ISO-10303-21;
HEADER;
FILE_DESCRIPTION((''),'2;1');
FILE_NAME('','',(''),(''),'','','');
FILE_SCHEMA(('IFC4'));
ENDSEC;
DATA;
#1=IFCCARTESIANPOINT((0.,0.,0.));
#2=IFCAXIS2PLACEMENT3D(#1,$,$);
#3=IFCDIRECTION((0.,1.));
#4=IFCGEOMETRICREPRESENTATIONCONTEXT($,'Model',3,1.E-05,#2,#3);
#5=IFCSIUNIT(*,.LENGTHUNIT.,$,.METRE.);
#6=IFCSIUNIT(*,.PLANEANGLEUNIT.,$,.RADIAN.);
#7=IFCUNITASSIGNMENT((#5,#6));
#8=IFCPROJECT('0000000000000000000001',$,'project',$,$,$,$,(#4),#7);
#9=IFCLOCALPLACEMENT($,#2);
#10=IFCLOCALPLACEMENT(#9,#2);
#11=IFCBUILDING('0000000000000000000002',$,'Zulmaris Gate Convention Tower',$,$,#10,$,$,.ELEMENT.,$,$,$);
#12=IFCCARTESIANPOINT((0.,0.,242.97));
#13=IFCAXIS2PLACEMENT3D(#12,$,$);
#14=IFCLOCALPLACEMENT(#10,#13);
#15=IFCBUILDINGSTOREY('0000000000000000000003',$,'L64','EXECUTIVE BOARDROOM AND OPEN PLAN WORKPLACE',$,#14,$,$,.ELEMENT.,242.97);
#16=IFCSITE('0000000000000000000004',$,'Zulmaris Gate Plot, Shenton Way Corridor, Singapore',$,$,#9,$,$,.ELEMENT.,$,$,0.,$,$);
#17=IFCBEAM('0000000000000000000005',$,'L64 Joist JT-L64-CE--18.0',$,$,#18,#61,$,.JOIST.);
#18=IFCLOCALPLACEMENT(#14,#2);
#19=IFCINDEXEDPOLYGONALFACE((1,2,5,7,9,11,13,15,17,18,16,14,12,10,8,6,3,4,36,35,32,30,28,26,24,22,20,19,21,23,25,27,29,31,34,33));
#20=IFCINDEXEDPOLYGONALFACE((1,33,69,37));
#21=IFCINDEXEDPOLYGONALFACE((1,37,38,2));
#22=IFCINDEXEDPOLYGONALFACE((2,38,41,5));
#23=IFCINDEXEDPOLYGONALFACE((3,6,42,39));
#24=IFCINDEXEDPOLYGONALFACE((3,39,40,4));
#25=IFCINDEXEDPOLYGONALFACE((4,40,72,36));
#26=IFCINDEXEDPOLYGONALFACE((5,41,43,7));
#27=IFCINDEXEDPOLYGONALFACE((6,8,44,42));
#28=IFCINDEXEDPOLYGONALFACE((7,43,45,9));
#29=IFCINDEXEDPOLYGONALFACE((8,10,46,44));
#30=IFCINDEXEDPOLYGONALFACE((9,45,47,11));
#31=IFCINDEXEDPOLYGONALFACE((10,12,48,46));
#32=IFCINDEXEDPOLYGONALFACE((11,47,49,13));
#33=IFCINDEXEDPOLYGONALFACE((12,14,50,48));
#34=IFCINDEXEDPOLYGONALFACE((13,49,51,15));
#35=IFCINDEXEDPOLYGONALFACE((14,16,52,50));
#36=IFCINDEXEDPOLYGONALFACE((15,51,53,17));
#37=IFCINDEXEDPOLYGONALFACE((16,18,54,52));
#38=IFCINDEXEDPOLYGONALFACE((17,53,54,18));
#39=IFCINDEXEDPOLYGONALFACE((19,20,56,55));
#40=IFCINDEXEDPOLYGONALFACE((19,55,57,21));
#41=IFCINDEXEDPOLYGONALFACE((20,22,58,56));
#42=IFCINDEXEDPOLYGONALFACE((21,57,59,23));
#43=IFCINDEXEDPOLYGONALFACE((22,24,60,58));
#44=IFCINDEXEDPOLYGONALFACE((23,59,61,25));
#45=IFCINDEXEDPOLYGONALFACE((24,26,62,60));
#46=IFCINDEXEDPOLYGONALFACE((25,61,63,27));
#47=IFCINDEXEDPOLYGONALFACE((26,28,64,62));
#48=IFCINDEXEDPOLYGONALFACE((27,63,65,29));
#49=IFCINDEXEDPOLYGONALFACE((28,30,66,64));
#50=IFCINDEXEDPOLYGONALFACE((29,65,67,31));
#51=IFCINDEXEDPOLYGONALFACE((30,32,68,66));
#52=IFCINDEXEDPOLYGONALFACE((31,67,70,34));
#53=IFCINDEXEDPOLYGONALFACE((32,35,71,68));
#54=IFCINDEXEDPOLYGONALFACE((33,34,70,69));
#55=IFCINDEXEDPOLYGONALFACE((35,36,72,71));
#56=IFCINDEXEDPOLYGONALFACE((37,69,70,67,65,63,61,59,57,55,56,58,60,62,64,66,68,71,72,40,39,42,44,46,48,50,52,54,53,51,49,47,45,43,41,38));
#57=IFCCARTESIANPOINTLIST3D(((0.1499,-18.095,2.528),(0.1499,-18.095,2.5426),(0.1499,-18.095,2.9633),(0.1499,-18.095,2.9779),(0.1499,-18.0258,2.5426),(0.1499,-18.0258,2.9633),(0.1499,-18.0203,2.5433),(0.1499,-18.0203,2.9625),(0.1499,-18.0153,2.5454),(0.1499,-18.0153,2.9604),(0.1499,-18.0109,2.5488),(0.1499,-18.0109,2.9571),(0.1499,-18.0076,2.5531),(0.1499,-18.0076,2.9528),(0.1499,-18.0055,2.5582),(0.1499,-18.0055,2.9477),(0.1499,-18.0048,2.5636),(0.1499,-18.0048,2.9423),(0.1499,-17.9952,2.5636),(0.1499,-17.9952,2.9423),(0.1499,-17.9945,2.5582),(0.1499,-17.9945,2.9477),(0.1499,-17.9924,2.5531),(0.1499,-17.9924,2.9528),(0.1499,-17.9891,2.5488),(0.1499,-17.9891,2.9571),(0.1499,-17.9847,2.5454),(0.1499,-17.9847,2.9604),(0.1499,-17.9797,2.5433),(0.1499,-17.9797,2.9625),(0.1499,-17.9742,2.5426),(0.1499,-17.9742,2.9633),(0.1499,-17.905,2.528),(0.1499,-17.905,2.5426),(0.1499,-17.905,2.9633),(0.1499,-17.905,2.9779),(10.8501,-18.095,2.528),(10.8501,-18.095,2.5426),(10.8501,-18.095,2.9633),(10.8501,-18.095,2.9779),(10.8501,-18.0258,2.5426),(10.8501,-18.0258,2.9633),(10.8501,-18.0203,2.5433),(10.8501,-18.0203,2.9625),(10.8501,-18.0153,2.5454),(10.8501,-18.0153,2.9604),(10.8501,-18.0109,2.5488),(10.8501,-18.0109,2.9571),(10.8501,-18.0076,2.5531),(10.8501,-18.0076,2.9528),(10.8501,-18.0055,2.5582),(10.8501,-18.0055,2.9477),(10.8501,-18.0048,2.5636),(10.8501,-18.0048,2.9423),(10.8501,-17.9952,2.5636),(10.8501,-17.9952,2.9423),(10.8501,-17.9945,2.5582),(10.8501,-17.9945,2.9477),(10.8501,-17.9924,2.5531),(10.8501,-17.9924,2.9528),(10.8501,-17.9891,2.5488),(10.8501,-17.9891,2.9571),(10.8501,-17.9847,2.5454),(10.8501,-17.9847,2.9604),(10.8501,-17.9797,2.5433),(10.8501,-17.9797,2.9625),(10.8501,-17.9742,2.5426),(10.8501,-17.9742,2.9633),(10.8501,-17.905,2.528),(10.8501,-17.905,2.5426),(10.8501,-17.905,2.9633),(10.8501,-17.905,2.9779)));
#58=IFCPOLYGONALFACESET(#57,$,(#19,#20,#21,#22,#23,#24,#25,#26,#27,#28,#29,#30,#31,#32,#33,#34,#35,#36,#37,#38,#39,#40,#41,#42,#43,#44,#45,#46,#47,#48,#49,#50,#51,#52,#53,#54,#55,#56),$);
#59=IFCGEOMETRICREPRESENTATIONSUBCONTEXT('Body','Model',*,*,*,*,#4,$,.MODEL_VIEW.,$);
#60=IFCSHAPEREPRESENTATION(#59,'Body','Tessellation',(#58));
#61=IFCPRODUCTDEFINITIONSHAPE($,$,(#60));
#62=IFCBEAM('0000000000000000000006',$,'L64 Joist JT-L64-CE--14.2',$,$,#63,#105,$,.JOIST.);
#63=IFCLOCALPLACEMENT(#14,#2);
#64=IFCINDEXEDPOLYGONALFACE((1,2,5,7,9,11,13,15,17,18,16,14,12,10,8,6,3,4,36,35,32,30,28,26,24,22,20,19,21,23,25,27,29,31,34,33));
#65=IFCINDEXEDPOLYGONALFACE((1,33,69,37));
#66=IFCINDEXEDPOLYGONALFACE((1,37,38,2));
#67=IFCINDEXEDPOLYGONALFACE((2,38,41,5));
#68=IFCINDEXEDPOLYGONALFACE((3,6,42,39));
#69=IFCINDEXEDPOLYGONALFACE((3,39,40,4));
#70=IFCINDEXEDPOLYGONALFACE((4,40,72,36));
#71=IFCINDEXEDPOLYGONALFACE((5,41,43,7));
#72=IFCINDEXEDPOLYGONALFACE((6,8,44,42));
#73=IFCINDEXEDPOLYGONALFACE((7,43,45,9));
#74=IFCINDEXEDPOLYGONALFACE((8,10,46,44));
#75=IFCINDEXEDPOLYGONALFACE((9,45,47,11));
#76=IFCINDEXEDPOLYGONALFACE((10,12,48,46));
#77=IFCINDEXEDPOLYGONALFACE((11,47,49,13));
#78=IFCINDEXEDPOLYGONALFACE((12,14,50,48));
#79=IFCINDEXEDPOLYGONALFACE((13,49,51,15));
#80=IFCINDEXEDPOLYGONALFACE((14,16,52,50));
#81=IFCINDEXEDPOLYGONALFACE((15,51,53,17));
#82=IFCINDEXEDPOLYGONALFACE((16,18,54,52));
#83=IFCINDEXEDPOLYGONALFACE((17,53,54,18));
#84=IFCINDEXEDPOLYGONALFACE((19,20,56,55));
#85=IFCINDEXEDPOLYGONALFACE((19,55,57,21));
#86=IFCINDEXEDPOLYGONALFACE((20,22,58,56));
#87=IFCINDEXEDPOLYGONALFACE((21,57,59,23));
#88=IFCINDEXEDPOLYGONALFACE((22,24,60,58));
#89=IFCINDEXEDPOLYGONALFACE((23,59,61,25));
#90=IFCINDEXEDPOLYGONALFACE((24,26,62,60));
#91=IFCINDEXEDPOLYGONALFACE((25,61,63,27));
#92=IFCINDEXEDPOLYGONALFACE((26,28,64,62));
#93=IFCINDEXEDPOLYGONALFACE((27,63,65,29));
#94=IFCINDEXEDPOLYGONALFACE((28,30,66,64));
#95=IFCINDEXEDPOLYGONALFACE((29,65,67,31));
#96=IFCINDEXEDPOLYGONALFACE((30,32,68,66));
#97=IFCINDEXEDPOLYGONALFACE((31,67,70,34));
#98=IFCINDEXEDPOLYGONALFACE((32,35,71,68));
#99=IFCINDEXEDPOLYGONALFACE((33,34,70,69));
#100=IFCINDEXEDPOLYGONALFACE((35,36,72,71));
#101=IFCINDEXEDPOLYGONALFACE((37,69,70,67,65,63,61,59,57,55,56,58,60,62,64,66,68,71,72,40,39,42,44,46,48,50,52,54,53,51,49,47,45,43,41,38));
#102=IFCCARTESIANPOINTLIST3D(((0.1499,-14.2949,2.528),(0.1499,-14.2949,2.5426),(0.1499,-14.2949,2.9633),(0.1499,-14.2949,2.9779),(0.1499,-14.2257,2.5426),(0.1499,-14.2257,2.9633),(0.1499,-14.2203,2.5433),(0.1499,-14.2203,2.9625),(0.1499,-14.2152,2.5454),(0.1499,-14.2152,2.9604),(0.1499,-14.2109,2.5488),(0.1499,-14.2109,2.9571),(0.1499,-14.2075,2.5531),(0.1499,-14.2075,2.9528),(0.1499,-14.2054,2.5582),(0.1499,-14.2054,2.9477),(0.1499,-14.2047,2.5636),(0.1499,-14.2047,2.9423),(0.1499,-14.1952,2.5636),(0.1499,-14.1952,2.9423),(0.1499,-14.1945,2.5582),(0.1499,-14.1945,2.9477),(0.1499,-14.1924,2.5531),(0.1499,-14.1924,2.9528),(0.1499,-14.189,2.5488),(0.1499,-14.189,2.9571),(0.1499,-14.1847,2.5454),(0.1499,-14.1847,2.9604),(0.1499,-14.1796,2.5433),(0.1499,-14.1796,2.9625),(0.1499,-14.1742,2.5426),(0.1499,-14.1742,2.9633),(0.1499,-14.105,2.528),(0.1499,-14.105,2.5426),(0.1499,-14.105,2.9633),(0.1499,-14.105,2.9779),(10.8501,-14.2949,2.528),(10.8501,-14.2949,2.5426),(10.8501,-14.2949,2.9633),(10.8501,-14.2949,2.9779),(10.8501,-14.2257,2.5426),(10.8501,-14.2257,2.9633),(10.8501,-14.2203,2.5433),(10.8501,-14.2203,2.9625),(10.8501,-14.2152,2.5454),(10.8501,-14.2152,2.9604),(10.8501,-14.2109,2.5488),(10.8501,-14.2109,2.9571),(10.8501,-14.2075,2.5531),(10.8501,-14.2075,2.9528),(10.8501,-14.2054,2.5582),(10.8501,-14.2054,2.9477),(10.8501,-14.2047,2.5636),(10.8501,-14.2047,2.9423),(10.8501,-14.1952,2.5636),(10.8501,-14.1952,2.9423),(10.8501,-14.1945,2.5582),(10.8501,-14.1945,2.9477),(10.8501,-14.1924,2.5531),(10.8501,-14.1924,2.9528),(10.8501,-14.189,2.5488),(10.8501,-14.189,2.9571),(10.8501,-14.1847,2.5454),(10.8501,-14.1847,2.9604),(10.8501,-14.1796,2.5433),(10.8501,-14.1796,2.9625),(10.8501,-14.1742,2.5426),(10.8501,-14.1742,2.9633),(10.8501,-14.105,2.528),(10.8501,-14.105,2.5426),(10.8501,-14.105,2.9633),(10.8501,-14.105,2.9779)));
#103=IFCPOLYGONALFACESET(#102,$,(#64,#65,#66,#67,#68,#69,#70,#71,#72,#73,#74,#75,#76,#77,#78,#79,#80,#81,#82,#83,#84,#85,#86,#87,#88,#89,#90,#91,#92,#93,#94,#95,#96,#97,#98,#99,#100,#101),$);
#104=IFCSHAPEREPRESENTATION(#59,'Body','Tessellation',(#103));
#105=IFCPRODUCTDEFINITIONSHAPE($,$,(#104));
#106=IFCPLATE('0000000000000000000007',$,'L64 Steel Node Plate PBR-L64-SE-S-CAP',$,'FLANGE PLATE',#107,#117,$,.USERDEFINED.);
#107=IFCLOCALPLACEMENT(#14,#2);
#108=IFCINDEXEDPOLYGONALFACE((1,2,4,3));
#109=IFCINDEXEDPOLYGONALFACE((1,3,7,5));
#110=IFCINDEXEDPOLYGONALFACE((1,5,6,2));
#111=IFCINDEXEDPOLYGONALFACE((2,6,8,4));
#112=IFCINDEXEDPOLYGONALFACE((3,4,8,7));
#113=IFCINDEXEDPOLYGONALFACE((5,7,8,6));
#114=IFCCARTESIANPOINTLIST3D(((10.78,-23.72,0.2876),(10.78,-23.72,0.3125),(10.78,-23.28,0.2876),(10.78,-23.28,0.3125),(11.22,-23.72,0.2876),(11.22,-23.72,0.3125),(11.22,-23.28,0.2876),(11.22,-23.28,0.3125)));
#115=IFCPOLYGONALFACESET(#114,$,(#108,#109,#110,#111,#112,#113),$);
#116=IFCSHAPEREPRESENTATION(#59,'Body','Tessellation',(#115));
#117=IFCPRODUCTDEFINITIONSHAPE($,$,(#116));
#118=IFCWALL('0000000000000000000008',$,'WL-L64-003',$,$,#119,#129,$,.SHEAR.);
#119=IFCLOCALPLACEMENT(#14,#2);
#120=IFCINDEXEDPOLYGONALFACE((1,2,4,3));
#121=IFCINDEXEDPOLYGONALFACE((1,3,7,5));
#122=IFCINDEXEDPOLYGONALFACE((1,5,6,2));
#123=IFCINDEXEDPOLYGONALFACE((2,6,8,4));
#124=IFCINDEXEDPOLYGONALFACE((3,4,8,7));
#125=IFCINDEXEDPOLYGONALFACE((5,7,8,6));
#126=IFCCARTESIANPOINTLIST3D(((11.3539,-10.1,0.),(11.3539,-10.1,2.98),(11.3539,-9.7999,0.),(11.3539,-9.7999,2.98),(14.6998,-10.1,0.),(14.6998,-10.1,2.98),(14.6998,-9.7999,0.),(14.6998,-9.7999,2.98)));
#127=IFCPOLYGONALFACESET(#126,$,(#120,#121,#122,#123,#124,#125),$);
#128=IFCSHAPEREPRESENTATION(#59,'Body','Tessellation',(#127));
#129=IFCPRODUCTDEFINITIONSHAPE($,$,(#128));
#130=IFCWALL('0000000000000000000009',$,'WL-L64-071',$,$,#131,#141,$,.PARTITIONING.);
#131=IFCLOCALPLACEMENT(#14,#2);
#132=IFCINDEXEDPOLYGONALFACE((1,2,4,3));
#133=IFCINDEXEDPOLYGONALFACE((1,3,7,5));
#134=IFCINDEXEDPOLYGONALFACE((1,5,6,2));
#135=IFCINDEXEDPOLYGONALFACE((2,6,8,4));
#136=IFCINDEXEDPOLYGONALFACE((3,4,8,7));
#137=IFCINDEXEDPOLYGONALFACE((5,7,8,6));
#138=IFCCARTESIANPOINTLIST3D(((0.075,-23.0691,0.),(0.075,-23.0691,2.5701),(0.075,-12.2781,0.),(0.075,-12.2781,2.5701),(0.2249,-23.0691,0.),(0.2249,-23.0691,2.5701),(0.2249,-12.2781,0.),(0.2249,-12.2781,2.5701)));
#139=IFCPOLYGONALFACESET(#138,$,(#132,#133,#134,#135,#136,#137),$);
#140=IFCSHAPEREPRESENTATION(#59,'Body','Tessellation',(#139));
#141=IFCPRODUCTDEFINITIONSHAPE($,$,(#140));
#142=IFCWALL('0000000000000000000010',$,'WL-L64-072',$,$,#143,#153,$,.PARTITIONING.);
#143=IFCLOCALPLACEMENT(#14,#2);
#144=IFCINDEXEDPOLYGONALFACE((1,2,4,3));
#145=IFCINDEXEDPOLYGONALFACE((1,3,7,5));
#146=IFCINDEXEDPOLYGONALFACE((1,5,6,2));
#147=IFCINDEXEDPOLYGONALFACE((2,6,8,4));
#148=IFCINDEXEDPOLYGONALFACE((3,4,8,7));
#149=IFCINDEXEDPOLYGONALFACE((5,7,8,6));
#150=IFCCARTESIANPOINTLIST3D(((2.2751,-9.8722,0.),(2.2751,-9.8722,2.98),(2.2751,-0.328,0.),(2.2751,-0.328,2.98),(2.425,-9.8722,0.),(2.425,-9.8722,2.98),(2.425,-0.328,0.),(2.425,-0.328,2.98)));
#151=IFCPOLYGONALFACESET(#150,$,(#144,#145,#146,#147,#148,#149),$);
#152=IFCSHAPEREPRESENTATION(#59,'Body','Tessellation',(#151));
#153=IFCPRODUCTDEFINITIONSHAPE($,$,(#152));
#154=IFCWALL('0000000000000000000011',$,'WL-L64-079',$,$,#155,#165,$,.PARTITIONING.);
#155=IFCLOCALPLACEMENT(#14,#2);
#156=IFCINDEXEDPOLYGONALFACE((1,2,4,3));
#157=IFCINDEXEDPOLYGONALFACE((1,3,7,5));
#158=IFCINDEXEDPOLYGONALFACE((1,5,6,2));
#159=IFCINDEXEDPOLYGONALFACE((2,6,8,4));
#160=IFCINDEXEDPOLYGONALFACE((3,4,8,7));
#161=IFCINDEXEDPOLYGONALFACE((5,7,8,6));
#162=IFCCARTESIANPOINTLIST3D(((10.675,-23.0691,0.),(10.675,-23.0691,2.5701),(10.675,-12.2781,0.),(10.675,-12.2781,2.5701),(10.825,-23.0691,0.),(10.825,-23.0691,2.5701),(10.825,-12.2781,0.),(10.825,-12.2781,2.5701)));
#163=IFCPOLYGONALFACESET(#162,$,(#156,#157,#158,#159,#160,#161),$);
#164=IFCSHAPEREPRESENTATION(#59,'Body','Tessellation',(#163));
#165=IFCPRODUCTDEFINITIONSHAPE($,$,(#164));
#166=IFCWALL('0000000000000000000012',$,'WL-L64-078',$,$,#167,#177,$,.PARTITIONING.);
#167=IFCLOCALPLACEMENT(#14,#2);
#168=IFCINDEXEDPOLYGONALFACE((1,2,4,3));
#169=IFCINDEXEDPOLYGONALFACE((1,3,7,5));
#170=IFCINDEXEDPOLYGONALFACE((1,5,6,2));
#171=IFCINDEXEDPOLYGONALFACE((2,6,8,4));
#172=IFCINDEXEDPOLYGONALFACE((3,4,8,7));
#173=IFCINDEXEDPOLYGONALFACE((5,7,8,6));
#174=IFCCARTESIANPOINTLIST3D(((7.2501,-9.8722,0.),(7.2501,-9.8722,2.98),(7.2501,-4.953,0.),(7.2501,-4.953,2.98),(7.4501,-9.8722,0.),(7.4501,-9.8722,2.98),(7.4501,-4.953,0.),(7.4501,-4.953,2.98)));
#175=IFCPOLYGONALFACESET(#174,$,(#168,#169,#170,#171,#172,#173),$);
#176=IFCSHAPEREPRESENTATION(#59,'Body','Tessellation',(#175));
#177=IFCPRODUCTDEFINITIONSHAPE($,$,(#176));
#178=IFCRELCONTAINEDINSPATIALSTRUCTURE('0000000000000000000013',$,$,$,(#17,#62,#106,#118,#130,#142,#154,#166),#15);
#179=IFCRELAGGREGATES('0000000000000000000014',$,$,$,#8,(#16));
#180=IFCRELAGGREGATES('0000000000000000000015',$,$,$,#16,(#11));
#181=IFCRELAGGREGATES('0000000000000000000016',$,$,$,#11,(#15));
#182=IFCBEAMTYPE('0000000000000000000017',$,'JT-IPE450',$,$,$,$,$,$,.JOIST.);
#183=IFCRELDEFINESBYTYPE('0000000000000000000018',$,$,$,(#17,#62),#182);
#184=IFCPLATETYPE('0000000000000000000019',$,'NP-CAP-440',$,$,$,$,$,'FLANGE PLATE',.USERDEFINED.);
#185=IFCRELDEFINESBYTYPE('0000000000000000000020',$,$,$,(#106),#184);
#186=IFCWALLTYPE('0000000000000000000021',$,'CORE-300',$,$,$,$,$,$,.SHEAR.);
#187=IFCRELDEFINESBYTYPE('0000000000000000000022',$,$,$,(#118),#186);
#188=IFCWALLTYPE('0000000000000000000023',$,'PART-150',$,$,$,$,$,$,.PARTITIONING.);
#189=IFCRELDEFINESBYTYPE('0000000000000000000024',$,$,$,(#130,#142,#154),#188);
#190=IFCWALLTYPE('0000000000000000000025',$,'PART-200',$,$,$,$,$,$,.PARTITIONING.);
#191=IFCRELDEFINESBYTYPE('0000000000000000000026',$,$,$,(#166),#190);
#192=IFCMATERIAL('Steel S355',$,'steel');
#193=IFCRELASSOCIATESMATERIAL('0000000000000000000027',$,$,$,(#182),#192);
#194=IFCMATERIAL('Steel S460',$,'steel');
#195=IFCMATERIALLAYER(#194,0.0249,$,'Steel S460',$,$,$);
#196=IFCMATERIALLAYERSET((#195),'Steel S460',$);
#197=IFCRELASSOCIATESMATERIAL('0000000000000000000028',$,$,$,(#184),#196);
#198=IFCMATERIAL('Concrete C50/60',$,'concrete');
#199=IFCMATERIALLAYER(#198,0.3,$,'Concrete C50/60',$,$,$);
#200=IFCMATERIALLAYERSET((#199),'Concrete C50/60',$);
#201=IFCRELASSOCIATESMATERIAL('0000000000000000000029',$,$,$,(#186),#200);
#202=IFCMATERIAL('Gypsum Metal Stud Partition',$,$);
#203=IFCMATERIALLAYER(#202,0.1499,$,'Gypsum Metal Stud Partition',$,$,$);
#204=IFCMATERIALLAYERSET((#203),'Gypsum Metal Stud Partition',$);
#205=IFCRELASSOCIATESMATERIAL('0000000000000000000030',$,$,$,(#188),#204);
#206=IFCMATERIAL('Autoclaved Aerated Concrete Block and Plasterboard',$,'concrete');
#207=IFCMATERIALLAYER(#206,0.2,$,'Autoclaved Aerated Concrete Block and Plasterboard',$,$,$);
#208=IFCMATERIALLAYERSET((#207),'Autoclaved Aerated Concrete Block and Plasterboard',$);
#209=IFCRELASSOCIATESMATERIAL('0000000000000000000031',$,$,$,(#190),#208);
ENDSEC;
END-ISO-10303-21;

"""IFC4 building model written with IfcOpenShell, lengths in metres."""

from ifc_helpers import new_model, si_unit, direction, frame, frame_2d, origin, origin_2d, place, context, subcontext, project, spatial, rectangle, i_section, extrude, material, layer, layer_set, material_profile, profile_set, type_object, element, save


model = new_model("IFC4")

# Units and contexts
model_context = context("Model", 3, precision=1e-05, world=origin(), true_north=direction((0.0, 1.0)))
body_context = subcontext(model_context, "Body", "Model", "MODEL_VIEW")
ifc_project = project(units=[si_unit("LENGTHUNIT", "METRE"), si_unit("PLANEANGLEUNIT", "RADIAN")], contexts=[model_context])

# Site, building, storey
site_placement = place(None, origin())
site = spatial("IfcSite", under=ifc_project, at=site_placement, Name="Zulmaris Gate Plot, Shenton Way Corridor, Singapore", CompositionType="ELEMENT", RefElevation=0.0)
building_placement = place(site_placement, origin())
building = spatial("IfcBuilding", under=site, at=building_placement, Name="Zulmaris Gate Convention Tower", CompositionType="ELEMENT")
storey_placement = place(building_placement, frame((0.0, 0.0, 242.97)))
storey = spatial("IfcBuildingStorey", under=building, at=storey_placement, Name="L64", Description="EXECUTIVE BOARDROOM AND OPEN PLAN WORKPLACE", CompositionType="ELEMENT", Elevation=242.97)

# Shared definitions
ifc_material_1 = material(Name="Concrete C50/60", Category="concrete")

# Shared definitions
ifc_material_2 = material(Name="Steel S355", Category="steel")

# Beams
ifc_material_profile_1 = material_profile(ifc_material_2, i_section(OverallWidth=0.1899, OverallDepth=0.45, WebThickness=0.0095, FlangeThickness=0.0146, FilletRadius=0.021, at=origin_2d()), Name="IPE 450")
ifc_profile_set_1 = profile_set([ifc_material_profile_1], Name="Steel S355")
beam_type_1 = type_object("IfcBeamType", Name="JT-IPE450", PredefinedType="JOIST", material=ifc_profile_set_1)
for number, where, z_axis, x_axis, name in (
    (1, (0.1499, -18.0, 2.7529), (1.0, 0.0, 0.0), (0.0, 1.0, 0.0), "L64 Joist JT-L64-CE--18.0"),
    (2, (0.1499, -14.2, 2.7529), (1.0, 0.0, 0.0), (0.0, 1.0, 0.0), "L64 Joist JT-L64-CE--14.2"),
):
    element("IfcBeam", number, at=place(storey_placement, frame(where, z_axis=z_axis, x_axis=x_axis)), inside=storey, type_object=beam_type_1, Name=name, PredefinedType="JOIST", context=body_context, shape_type="SweptSolid", body=[
        extrude(i_section(OverallWidth=0.1899, OverallDepth=0.45, WebThickness=0.0095, FlangeThickness=0.0146, FilletRadius=0.021, at=origin_2d()), origin(), (0.0, 0.0, 1.0), 10.7002),
    ])

# Plate
ifc_material_3 = material(Name="Steel S460", Category="steel")
ifc_layer_1 = layer(ifc_material_3, 0.0249, Name="Steel S460")
ifc_layer_set_1 = layer_set([ifc_layer_1], Name="Steel S460")
plate_type = type_object("IfcPlateType", Name="NP-CAP-440", ElementType="FLANGE PLATE", PredefinedType="USERDEFINED", material=ifc_layer_set_1)
plate_placement = place(storey_placement, frame((11.0, -23.5, 0.2876), z_axis=(0.0, 0.0, 1.0), x_axis=(1.0, 0.0, 0.0)))
element("IfcPlate", 3, at=plate_placement, inside=storey, type_object=plate_type, Name="L64 Steel Node Plate PBR-L64-SE-S-CAP", ObjectType="FLANGE PLATE", PredefinedType="USERDEFINED", context=body_context, shape_type="SweptSolid", body=[
    extrude(rectangle(XDim=0.4399, YDim=0.4399, at=origin_2d()), origin(), (0.0, 0.0, 1.0), 0.0249),
])

# Walls
ifc_layer_2 = layer(ifc_material_1, 0.3, Name="Concrete C50/60")
ifc_layer_set_2 = layer_set([ifc_layer_2], Name="Concrete C50/60")
wall_type_1 = type_object("IfcWallType", Name="CORE-300", PredefinedType="SHEAR", material=ifc_layer_set_2)
wall_1_placement = place(storey_placement, frame((11.354, -9.95, 0.0), z_axis=(0.0, 0.0, 1.0), x_axis=(1.0, 0.0, 0.0)))
element("IfcWall", 4, at=wall_1_placement, inside=storey, type_object=wall_type_1, Name="WL-L64-003", PredefinedType="SHEAR", context=body_context, shape_type="SweptSolid", body=[
    extrude(rectangle(XDim=3.3459, YDim=0.3, at=frame_2d((1.6729, 0.0))), origin(), (0.0, 0.0, 1.0), 2.98),
])
ifc_material_4 = material(Name="Gypsum Metal Stud Partition")
ifc_layer_3 = layer(ifc_material_4, 0.1499, Name="Gypsum Metal Stud Partition")
ifc_layer_set_3 = layer_set([ifc_layer_3], Name="Gypsum Metal Stud Partition")
wall_type_2 = type_object("IfcWallType", Name="PART-150", PredefinedType="PARTITIONING", material=ifc_layer_set_3)
wall_2_placement = place(storey_placement, frame((0.1499, -23.0691, 0.0), z_axis=(0.0, 0.0, 1.0), x_axis=(0.0, 1.0, 0.0)))
element("IfcWall", 5, at=wall_2_placement, inside=storey, type_object=wall_type_2, Name="WL-L64-071", PredefinedType="PARTITIONING", context=body_context, shape_type="SweptSolid", body=[
    extrude(rectangle(XDim=10.791, YDim=0.1499, at=frame_2d((5.3955, 0.0))), origin(), (0.0, 0.0, 1.0), 2.5701),
])
wall_3_placement = place(storey_placement, frame((2.3501, -9.8721, 0.0), z_axis=(0.0, 0.0, 1.0), x_axis=(0.0, 1.0, 0.0)))
element("IfcWall", 6, at=wall_3_placement, inside=storey, type_object=wall_type_2, Name="WL-L64-072", PredefinedType="PARTITIONING", context=body_context, shape_type="SweptSolid", body=[
    extrude(rectangle(XDim=9.5442, YDim=0.1499, at=frame_2d((4.772, 0.0))), origin(), (0.0, 0.0, 1.0), 2.98),
])

# Walls
wall_4_placement = place(storey_placement, frame((10.75, -23.0691, 0.0), z_axis=(0.0, 0.0, 1.0), x_axis=(0.0, 1.0, 0.0)))
element("IfcWall", 7, at=wall_4_placement, inside=storey, type_object=wall_type_2, Name="WL-L64-079", PredefinedType="PARTITIONING", context=body_context, shape_type="SweptSolid", body=[
    extrude(rectangle(XDim=10.791, YDim=0.1499, at=frame_2d((5.3955, 0.0))), origin(), (0.0, 0.0, 1.0), 2.5701),
])
ifc_material_5 = material(Name="Autoclaved Aerated Concrete Block and Plasterboard", Category="concrete")
ifc_layer_4 = layer(ifc_material_5, 0.2, Name="Autoclaved Aerated Concrete Block and Plasterboard")
ifc_layer_set_4 = layer_set([ifc_layer_4], Name="Autoclaved Aerated Concrete Block and Plasterboard")
wall_type_3 = type_object("IfcWallType", Name="PART-200", PredefinedType="PARTITIONING", material=ifc_layer_set_4)
wall_5_placement = place(storey_placement, frame((7.3501, -9.8721, 0.0), z_axis=(0.0, 0.0, 1.0), x_axis=(0.0, 1.0, 0.0)))
element("IfcWall", 8, at=wall_5_placement, inside=storey, type_object=wall_type_3, Name="WL-L64-078", PredefinedType="PARTITIONING", context=body_context, shape_type="SweptSolid", body=[
    extrude(rectangle(XDim=4.9192, YDim=0.2, at=frame_2d((2.4595, 0.0))), origin(), (0.0, 0.0, 1.0), 2.98),
])

save(model, "model.ifc")
